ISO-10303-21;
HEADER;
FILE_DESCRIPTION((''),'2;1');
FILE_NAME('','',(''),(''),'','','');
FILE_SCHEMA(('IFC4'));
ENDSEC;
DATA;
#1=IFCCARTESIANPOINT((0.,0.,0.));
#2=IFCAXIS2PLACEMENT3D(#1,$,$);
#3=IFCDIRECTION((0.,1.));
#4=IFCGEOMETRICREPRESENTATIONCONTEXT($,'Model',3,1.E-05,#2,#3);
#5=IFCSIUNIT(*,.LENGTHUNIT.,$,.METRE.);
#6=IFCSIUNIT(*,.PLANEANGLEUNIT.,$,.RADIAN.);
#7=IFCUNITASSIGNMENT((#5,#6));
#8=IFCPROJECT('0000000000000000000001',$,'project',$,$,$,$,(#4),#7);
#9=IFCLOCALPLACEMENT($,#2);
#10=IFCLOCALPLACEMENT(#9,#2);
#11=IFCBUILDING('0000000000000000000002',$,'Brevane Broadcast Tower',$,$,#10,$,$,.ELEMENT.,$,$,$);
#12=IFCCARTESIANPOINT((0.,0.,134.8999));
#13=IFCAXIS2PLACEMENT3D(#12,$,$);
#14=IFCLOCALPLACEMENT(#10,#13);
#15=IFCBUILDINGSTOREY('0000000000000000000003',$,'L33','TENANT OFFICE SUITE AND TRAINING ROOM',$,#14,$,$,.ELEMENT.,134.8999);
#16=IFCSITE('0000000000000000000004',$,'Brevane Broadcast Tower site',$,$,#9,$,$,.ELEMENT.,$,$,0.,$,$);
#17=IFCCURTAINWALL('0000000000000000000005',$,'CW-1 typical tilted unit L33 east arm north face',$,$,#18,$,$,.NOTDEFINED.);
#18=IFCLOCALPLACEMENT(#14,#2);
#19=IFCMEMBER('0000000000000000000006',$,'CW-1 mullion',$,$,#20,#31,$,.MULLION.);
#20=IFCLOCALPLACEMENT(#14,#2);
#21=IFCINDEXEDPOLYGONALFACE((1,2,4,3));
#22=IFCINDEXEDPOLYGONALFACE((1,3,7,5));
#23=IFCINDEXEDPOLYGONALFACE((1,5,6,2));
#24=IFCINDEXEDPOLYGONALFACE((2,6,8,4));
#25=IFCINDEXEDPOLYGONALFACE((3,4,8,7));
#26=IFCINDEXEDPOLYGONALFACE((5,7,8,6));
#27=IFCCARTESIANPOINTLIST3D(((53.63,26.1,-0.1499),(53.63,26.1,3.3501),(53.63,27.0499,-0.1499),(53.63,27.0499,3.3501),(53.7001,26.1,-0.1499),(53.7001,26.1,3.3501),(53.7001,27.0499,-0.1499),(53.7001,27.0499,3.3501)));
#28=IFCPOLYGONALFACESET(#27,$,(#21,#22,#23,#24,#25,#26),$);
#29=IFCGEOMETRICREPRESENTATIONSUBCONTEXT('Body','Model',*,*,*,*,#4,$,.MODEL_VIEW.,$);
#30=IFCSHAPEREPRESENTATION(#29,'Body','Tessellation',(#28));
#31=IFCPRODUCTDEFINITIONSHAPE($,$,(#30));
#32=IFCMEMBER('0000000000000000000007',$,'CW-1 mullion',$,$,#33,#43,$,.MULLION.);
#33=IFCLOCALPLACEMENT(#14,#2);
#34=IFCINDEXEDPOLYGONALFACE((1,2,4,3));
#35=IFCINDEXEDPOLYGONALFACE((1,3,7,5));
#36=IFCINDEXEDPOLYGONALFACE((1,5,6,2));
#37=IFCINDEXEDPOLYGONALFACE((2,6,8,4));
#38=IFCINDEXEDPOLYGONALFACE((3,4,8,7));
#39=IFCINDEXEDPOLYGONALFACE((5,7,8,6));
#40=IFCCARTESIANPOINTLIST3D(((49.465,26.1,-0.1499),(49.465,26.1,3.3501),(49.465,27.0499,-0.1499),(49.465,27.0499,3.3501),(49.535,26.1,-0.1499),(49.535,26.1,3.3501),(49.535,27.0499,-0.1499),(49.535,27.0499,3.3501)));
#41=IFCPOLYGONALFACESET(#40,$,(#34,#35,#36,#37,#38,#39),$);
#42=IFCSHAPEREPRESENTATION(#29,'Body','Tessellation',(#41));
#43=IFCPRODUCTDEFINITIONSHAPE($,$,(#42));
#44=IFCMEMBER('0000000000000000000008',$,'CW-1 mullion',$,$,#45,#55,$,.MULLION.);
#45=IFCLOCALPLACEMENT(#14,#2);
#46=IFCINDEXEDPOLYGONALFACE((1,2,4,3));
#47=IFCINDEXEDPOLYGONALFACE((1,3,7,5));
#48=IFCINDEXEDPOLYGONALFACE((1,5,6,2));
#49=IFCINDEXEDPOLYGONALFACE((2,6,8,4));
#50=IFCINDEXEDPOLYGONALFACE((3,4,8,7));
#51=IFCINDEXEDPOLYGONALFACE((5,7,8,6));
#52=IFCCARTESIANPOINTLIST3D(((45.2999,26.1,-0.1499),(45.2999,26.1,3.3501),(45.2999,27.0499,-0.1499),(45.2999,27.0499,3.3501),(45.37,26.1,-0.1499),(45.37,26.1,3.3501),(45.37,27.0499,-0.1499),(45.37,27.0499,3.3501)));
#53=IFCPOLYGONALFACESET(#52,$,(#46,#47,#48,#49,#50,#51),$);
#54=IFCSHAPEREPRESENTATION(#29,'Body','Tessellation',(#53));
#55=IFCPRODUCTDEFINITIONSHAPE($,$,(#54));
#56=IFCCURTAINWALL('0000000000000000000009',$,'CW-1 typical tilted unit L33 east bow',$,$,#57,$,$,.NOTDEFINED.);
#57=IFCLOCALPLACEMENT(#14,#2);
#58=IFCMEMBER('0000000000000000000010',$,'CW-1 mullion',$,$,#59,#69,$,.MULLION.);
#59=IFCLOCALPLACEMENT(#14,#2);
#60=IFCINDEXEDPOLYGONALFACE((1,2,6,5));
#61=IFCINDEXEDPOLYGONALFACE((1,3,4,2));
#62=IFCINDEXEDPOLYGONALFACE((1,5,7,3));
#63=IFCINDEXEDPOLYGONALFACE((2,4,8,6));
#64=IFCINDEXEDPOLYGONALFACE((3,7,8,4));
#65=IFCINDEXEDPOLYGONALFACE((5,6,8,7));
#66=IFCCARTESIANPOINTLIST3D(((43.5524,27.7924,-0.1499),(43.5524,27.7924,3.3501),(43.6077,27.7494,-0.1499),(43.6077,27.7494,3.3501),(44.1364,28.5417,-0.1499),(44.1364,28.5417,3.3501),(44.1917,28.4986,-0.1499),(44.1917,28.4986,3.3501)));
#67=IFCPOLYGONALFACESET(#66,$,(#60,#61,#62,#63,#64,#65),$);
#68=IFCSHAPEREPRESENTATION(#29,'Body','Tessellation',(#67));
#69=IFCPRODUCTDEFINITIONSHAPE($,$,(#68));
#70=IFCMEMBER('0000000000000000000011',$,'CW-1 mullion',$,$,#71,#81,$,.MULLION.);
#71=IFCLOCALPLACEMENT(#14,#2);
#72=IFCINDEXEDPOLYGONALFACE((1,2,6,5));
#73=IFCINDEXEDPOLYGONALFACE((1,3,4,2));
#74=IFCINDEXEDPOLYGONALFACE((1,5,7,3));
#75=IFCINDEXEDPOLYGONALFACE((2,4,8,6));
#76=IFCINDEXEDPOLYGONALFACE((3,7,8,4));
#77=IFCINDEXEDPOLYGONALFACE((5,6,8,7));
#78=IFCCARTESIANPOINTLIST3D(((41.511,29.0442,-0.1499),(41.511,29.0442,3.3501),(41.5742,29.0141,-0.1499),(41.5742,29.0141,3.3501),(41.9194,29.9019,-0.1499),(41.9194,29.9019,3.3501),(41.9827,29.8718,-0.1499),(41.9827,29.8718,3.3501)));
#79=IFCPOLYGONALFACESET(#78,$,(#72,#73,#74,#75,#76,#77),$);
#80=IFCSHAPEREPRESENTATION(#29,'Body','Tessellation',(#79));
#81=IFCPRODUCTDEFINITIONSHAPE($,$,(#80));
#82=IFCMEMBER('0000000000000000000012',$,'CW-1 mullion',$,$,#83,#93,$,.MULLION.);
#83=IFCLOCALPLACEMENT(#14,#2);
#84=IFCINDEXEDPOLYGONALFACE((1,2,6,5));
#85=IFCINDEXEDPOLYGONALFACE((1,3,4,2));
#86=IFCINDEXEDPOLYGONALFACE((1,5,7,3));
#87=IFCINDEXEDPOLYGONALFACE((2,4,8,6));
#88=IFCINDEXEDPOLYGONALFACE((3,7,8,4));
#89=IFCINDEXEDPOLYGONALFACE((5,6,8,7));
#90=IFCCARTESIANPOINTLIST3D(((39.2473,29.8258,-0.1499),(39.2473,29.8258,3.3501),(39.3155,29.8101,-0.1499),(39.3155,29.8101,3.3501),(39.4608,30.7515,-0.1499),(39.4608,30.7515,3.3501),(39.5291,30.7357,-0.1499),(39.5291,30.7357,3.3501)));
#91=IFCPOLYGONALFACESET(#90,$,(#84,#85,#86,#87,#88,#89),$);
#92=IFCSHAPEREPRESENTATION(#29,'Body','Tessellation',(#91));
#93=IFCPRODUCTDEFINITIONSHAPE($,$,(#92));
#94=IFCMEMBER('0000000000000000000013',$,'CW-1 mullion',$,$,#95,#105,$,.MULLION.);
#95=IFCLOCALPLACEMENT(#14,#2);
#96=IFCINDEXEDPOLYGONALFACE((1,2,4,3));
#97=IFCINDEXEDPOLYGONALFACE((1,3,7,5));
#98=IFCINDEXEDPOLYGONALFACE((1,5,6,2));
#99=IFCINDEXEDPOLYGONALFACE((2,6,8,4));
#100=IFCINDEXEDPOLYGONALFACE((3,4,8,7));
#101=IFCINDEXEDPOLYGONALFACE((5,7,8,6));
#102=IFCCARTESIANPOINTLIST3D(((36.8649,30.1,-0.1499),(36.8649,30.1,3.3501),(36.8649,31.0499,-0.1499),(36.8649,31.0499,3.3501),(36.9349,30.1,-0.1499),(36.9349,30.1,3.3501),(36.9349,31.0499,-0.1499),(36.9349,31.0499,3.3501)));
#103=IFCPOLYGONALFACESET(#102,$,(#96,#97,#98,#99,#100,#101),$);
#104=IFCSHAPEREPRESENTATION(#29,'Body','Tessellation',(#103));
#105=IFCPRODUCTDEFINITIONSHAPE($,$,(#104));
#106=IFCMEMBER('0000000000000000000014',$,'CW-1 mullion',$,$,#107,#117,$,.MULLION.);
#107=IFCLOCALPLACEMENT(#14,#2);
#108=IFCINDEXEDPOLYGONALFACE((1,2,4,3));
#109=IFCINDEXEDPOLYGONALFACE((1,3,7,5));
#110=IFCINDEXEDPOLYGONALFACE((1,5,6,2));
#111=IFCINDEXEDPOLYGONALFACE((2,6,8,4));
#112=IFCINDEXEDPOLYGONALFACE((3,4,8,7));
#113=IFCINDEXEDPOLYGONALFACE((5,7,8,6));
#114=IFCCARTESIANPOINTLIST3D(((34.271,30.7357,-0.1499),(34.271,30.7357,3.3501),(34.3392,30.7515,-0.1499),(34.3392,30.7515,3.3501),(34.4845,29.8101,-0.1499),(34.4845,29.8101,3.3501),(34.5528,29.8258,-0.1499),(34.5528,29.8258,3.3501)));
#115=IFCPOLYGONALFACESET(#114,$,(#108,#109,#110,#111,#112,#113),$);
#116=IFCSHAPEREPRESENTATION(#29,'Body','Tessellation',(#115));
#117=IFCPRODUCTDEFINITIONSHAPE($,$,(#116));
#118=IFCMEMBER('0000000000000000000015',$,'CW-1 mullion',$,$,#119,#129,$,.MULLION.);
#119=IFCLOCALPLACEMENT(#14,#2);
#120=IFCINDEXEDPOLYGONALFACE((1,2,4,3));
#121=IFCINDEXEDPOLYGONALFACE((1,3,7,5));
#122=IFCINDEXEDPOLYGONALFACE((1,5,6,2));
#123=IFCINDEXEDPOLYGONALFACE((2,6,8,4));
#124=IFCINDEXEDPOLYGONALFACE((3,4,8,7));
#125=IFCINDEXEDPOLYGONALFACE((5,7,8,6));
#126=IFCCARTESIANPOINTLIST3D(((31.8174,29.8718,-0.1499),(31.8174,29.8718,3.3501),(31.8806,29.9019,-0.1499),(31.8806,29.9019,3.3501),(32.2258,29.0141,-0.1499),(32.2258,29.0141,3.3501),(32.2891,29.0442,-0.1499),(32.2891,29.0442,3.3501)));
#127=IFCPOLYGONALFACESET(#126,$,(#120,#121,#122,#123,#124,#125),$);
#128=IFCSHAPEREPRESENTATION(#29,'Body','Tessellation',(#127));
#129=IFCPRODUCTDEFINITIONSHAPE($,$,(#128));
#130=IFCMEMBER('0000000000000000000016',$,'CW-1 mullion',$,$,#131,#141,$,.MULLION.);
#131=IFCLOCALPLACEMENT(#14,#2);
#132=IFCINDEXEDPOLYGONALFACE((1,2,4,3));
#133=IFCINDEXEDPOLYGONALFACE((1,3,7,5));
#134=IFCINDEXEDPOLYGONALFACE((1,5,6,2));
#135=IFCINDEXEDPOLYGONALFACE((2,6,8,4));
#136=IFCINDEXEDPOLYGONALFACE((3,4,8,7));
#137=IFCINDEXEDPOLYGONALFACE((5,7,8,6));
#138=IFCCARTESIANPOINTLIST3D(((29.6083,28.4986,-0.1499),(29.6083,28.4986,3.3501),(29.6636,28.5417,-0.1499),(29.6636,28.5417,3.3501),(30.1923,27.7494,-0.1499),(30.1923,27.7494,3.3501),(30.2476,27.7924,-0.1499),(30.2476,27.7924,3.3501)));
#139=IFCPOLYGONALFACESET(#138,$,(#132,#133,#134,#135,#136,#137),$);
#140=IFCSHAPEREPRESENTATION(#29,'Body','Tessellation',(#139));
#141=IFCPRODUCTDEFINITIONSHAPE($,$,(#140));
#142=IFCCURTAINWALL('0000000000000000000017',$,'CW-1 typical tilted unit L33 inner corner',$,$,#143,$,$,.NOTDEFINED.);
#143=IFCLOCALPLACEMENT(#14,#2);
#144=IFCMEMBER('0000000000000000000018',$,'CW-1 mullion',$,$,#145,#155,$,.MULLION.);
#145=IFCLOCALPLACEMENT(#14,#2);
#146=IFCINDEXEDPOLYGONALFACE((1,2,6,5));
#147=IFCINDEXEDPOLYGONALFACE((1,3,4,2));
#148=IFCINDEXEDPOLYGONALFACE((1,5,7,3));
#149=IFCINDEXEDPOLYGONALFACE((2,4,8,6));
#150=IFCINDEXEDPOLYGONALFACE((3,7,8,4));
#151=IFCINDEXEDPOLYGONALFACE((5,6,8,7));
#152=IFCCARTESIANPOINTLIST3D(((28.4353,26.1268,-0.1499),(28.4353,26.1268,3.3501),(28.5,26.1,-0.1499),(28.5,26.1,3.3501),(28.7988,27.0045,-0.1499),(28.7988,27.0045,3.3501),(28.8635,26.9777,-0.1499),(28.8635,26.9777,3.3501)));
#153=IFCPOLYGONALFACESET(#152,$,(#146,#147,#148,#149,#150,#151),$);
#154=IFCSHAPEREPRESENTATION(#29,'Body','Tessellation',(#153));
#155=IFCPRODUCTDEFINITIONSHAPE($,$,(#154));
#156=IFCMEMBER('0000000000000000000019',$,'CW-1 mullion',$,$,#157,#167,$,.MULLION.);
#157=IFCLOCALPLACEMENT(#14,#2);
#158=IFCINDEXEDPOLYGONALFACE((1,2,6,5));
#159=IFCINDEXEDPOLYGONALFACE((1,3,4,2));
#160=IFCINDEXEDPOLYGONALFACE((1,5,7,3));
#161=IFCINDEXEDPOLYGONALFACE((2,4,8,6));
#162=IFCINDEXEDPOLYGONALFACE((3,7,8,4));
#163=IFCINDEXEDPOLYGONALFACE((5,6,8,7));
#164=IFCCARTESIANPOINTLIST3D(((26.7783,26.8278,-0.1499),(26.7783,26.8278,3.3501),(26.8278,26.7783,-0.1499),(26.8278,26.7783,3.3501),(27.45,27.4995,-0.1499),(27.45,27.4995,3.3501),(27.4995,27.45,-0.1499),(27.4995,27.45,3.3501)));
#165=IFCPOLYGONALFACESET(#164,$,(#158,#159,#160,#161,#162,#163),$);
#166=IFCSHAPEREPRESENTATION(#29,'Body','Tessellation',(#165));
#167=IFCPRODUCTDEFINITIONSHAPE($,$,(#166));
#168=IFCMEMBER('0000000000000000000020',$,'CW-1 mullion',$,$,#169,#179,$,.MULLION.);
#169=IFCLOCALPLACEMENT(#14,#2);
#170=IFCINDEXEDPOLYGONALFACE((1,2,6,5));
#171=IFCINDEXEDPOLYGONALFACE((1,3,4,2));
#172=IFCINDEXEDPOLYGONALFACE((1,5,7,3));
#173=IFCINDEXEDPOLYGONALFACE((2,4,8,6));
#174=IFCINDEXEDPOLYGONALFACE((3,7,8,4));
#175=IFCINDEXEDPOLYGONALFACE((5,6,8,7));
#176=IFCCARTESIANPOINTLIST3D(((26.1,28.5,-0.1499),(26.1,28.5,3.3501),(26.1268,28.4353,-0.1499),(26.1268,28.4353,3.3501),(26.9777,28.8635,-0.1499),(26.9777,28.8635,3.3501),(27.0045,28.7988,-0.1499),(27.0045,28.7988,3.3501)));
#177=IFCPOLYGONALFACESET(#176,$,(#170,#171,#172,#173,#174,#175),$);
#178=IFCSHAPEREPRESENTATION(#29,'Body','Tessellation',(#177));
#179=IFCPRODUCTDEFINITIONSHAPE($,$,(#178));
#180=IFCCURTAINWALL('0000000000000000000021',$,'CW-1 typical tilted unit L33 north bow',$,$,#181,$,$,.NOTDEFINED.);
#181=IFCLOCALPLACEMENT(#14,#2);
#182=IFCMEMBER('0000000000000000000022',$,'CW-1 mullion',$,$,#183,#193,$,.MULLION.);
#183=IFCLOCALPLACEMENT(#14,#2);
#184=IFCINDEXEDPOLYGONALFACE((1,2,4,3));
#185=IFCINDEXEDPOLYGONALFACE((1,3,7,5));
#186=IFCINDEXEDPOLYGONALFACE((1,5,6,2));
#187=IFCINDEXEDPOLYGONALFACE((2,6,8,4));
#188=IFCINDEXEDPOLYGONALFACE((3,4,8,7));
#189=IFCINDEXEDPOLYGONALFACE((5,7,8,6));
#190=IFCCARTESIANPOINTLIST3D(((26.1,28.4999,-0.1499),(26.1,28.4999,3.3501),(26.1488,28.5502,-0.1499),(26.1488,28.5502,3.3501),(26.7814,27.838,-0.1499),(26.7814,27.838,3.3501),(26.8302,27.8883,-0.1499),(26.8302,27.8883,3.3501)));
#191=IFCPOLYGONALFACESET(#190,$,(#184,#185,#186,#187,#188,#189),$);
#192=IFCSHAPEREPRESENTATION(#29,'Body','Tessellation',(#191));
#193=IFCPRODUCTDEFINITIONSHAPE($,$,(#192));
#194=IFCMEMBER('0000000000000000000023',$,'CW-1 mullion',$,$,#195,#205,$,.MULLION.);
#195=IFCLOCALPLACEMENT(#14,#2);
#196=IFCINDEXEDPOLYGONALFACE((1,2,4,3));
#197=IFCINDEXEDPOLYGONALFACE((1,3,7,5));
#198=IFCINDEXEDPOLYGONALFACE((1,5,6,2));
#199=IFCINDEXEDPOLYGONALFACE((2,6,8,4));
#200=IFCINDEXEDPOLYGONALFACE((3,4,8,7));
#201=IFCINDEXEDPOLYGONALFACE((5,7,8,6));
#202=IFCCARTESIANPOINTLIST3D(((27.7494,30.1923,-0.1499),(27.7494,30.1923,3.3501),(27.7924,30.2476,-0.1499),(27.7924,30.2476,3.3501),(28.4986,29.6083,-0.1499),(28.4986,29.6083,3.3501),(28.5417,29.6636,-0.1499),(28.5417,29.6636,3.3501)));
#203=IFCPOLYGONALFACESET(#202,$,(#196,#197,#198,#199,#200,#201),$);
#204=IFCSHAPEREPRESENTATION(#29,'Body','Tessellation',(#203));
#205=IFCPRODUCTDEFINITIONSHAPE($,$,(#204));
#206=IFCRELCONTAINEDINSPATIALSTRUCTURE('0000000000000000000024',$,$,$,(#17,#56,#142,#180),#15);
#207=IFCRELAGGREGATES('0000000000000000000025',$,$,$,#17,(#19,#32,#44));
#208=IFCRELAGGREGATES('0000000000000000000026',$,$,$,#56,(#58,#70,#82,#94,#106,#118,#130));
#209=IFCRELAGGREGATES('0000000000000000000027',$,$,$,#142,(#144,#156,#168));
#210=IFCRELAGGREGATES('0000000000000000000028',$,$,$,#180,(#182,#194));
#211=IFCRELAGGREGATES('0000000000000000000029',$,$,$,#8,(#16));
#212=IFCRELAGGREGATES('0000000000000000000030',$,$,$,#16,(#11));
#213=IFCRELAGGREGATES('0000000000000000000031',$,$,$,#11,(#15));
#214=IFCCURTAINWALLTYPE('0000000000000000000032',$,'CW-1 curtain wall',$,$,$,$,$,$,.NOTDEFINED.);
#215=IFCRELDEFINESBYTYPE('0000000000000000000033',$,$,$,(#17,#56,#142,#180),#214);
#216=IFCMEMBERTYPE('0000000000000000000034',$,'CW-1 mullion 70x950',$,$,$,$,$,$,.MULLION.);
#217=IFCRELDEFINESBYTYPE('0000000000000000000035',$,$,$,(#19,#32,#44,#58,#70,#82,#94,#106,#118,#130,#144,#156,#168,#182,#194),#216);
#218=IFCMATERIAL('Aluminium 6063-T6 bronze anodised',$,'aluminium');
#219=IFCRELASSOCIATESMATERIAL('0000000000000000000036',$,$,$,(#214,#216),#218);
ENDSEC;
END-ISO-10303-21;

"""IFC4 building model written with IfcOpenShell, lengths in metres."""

from ifc_helpers import new_model, si_unit, direction, frame, origin, origin_2d, place, context, subcontext, project, spatial, rectangle, extrude, material, material_profile, profile_set, type_object, element, aggregate, save


model = new_model("IFC4")

# Units and contexts
model_context = context("Model", 3, precision=1e-05, world=origin(), true_north=direction((0.0, 1.0)))
body_context = subcontext(model_context, "Body", "Model", "MODEL_VIEW")
ifc_project = project(units=[si_unit("LENGTHUNIT", "METRE"), si_unit("PLANEANGLEUNIT", "RADIAN")], contexts=[model_context])

# Site, building, storey
site_placement = place(None, origin())
site = spatial("IfcSite", under=ifc_project, at=site_placement, Name="Brevane Broadcast Tower site", CompositionType="ELEMENT", RefElevation=0.0)
building_placement = place(site_placement, origin())
building = spatial("IfcBuilding", under=site, at=building_placement, Name="Brevane Broadcast Tower", CompositionType="ELEMENT")
storey_placement = place(building_placement, frame((0.0, 0.0, 134.8999)))
storey = spatial("IfcBuildingStorey", under=building, at=storey_placement, Name="L33", Description="TENANT OFFICE SUITE AND TRAINING ROOM", CompositionType="ELEMENT", Elevation=134.8999)

# Curtain walls, members
ifc_material_1 = material(Name="Aluminium 6063-T6 bronze anodised", Category="aluminium")
curtain_wall_type = type_object("IfcCurtainWallType", Name="CW-1 curtain wall", PredefinedType="NOTDEFINED", material=ifc_material_1)
curtain_wall_1_placement = place(storey_placement, origin())
curtain_wall_1 = element("IfcCurtainWall", 1, at=curtain_wall_1_placement, inside=storey, type_object=curtain_wall_type, Name="CW-1 typical tilted unit L33 east arm north face", PredefinedType="NOTDEFINED")
ifc_material_profile_1 = material_profile(ifc_material_1, rectangle(XDim=0.95, YDim=0.0701, at=origin_2d()), Name="RECT 70x950")
ifc_profile_set_1 = profile_set([ifc_material_profile_1], Name="Aluminium 6063-T6 bronze anodised")
member_type_1 = type_object("IfcMemberType", Name="CW-1 mullion 70x950", PredefinedType="MULLION", material=ifc_profile_set_1)
member_1_placement = place(storey_placement, frame((53.665, 26.575, -0.1499), z_axis=(0.0, 0.0, 1.0), x_axis=(0.0, -1.0, 0.0)))
member_1 = element("IfcMember", 2, at=member_1_placement, type_object=member_type_1, Name="CW-1 mullion", PredefinedType="MULLION", context=body_context, shape_type="SweptSolid", body=[
    extrude(rectangle(XDim=0.95, YDim=0.0701, at=origin_2d()), origin(), (0.0, 0.0, 1.0), 3.5),
])
member_2_placement = place(storey_placement, frame((49.5, 26.575, -0.1499), z_axis=(0.0, 0.0, 1.0), x_axis=(0.0, -1.0, 0.0)))
member_2 = element("IfcMember", 3, at=member_2_placement, type_object=member_type_1, Name="CW-1 mullion", PredefinedType="MULLION", context=body_context, shape_type="SweptSolid", body=[
    extrude(rectangle(XDim=0.95, YDim=0.0701, at=origin_2d()), origin(), (0.0, 0.0, 1.0), 3.5),
])
member_3_placement = place(storey_placement, frame((45.335, 26.575, -0.1499), z_axis=(0.0, 0.0, 1.0), x_axis=(0.0, -1.0, 0.0)))
member_3 = element("IfcMember", 4, at=member_3_placement, type_object=member_type_1, Name="CW-1 mullion", PredefinedType="MULLION", context=body_context, shape_type="SweptSolid", body=[
    extrude(rectangle(XDim=0.95, YDim=0.0701, at=origin_2d()), origin(), (0.0, 0.0, 1.0), 3.5),
])
aggregate(curtain_wall_1, [member_1, member_2, member_3])
curtain_wall_2_placement = place(storey_placement, origin())
curtain_wall_2 = element("IfcCurtainWall", 5, at=curtain_wall_2_placement, inside=storey, type_object=curtain_wall_type, Name="CW-1 typical tilted unit L33 east bow", PredefinedType="NOTDEFINED")
member_4_placement = place(storey_placement, frame((43.8721, 28.1455, -0.1499), z_axis=(0.0, 0.0, 1.0), x_axis=(-0.61477, -0.788707, 0.0)))
member_4 = element("IfcMember", 6, at=member_4_placement, type_object=member_type_1, Name="CW-1 mullion", PredefinedType="MULLION", context=body_context, shape_type="SweptSolid", body=[
    extrude(rectangle(XDim=0.95, YDim=0.0701, at=origin_2d()), origin(), (0.0, 0.0, 1.0), 3.5),
])
member_5_placement = place(storey_placement, frame((41.7468, 29.458, -0.1499), z_axis=(0.0, 0.0, 1.0), x_axis=(-0.429934, -0.902861, 0.0)))
member_5 = element("IfcMember", 7, at=member_5_placement, type_object=member_type_1, Name="CW-1 mullion", PredefinedType="MULLION", context=body_context, shape_type="SweptSolid", body=[
    extrude(rectangle(XDim=0.95, YDim=0.0701, at=origin_2d()), origin(), (0.0, 0.0, 1.0), 3.5),
])
member_6_placement = place(storey_placement, frame((39.3882, 30.2808, -0.1499), z_axis=(0.0, 0.0, 1.0), x_axis=(-0.224806, -0.974403, 0.0)))
member_6 = element("IfcMember", 8, at=member_6_placement, type_object=member_type_1, Name="CW-1 mullion", PredefinedType="MULLION", context=body_context, shape_type="SweptSolid", body=[
    extrude(rectangle(XDim=0.95, YDim=0.0701, at=origin_2d()), origin(), (0.0, 0.0, 1.0), 3.5),
])
member_7_placement = place(storey_placement, frame((36.8999, 30.575, -0.1499), z_axis=(0.0, 0.0, 1.0), x_axis=(0.0, -1.0, 0.0)))
member_7 = element("IfcMember", 9, at=member_7_placement, type_object=member_type_1, Name="CW-1 mullion", PredefinedType="MULLION", context=body_context, shape_type="SweptSolid", body=[
    extrude(rectangle(XDim=0.95, YDim=0.0701, at=origin_2d()), origin(), (0.0, 0.0, 1.0), 3.5),
])
member_8_placement = place(storey_placement, frame((34.4119, 30.2808, -0.1499), z_axis=(0.0, 0.0, 1.0), x_axis=(0.224806, -0.974403, 0.0)))
member_8 = element("IfcMember", 10, at=member_8_placement, type_object=member_type_1, Name="CW-1 mullion", PredefinedType="MULLION", context=body_context, shape_type="SweptSolid", body=[
    extrude(rectangle(XDim=0.95, YDim=0.0701, at=origin_2d()), origin(), (0.0, 0.0, 1.0), 3.5),
])
member_9_placement = place(storey_placement, frame((32.0532, 29.458, -0.1499), z_axis=(0.0, 0.0, 1.0), x_axis=(0.429934, -0.902861, 0.0)))
member_9 = element("IfcMember", 11, at=member_9_placement, type_object=member_type_1, Name="CW-1 mullion", PredefinedType="MULLION", context=body_context, shape_type="SweptSolid", body=[
    extrude(rectangle(XDim=0.95, YDim=0.0701, at=origin_2d()), origin(), (0.0, 0.0, 1.0), 3.5),
])
member_10_placement = place(storey_placement, frame((29.928, 28.1455, -0.1499), z_axis=(0.0, 0.0, 1.0), x_axis=(0.61477, -0.788707, 0.0)))
member_10 = element("IfcMember", 12, at=member_10_placement, type_object=member_type_1, Name="CW-1 mullion", PredefinedType="MULLION", context=body_context, shape_type="SweptSolid", body=[
    extrude(rectangle(XDim=0.95, YDim=0.0701, at=origin_2d()), origin(), (0.0, 0.0, 1.0), 3.5),
])
curtain_wall_3_placement = place(storey_placement, origin())
curtain_wall_3 = element("IfcCurtainWall", 13, at=curtain_wall_3_placement, inside=storey, type_object=curtain_wall_type, Name="CW-1 typical tilted unit L33 inner corner", PredefinedType="NOTDEFINED")
member_11_placement = place(storey_placement, frame((28.6494, 26.5522, -0.1499), z_axis=(0.0, 0.0, 1.0), x_axis=(-0.382684, -0.923879, 0.0)))
member_11 = element("IfcMember", 14, at=member_11_placement, type_object=member_type_1, Name="CW-1 mullion", PredefinedType="MULLION", context=body_context, shape_type="SweptSolid", body=[
    extrude(rectangle(XDim=0.95, YDim=0.0701, at=origin_2d()), origin(), (0.0, 0.0, 1.0), 3.5),
])
member_12_placement = place(storey_placement, frame((27.1389, 27.1389, -0.1499), z_axis=(0.0, 0.0, 1.0), x_axis=(-0.707107, -0.707107, 0.0)))
member_12 = element("IfcMember", 15, at=member_12_placement, type_object=member_type_1, Name="CW-1 mullion", PredefinedType="MULLION", context=body_context, shape_type="SweptSolid", body=[
    extrude(rectangle(XDim=0.95, YDim=0.0701, at=origin_2d()), origin(), (0.0, 0.0, 1.0), 3.5),
])
member_13_placement = place(storey_placement, frame((26.5522, 28.6494, -0.1499), z_axis=(0.0, 0.0, 1.0), x_axis=(-0.923879, -0.382684, 0.0)))
member_13 = element("IfcMember", 16, at=member_13_placement, type_object=member_type_1, Name="CW-1 mullion", PredefinedType="MULLION", context=body_context, shape_type="SweptSolid", body=[
    extrude(rectangle(XDim=0.95, YDim=0.0701, at=origin_2d()), origin(), (0.0, 0.0, 1.0), 3.5),
])
curtain_wall_4_placement = place(storey_placement, origin())
curtain_wall_4 = element("IfcCurtainWall", 17, at=curtain_wall_4_placement, inside=storey, type_object=curtain_wall_type, Name="CW-1 typical tilted unit L33 north bow", PredefinedType="NOTDEFINED")
member_14_placement = place(storey_placement, frame((26.4651, 28.1941, -0.1499), z_axis=(0.0, 0.0, 1.0), x_axis=(-0.717254, 0.696812, 0.0)))
member_14 = element("IfcMember", 18, at=member_14_placement, type_object=member_type_1, Name="CW-1 mullion", PredefinedType="MULLION", context=body_context, shape_type="SweptSolid", body=[
    extrude(rectangle(XDim=0.95, YDim=0.0701, at=origin_2d()), origin(), (0.0, 0.0, 1.0), 3.5),
])
member_15_placement = place(storey_placement, frame((28.1455, 29.928, -0.1499), z_axis=(0.0, 0.0, 1.0), x_axis=(-0.788707, 0.61477, 0.0)))
member_15 = element("IfcMember", 19, at=member_15_placement, type_object=member_type_1, Name="CW-1 mullion", PredefinedType="MULLION", context=body_context, shape_type="SweptSolid", body=[
    extrude(rectangle(XDim=0.95, YDim=0.0701, at=origin_2d()), origin(), (0.0, 0.0, 1.0), 3.5),
])

aggregate(curtain_wall_2, [member_4, member_5, member_6, member_7, member_8, member_9, member_10])
aggregate(curtain_wall_3, [member_11, member_12, member_13])
aggregate(curtain_wall_4, [member_14, member_15])

save(model, "model.ifc")
